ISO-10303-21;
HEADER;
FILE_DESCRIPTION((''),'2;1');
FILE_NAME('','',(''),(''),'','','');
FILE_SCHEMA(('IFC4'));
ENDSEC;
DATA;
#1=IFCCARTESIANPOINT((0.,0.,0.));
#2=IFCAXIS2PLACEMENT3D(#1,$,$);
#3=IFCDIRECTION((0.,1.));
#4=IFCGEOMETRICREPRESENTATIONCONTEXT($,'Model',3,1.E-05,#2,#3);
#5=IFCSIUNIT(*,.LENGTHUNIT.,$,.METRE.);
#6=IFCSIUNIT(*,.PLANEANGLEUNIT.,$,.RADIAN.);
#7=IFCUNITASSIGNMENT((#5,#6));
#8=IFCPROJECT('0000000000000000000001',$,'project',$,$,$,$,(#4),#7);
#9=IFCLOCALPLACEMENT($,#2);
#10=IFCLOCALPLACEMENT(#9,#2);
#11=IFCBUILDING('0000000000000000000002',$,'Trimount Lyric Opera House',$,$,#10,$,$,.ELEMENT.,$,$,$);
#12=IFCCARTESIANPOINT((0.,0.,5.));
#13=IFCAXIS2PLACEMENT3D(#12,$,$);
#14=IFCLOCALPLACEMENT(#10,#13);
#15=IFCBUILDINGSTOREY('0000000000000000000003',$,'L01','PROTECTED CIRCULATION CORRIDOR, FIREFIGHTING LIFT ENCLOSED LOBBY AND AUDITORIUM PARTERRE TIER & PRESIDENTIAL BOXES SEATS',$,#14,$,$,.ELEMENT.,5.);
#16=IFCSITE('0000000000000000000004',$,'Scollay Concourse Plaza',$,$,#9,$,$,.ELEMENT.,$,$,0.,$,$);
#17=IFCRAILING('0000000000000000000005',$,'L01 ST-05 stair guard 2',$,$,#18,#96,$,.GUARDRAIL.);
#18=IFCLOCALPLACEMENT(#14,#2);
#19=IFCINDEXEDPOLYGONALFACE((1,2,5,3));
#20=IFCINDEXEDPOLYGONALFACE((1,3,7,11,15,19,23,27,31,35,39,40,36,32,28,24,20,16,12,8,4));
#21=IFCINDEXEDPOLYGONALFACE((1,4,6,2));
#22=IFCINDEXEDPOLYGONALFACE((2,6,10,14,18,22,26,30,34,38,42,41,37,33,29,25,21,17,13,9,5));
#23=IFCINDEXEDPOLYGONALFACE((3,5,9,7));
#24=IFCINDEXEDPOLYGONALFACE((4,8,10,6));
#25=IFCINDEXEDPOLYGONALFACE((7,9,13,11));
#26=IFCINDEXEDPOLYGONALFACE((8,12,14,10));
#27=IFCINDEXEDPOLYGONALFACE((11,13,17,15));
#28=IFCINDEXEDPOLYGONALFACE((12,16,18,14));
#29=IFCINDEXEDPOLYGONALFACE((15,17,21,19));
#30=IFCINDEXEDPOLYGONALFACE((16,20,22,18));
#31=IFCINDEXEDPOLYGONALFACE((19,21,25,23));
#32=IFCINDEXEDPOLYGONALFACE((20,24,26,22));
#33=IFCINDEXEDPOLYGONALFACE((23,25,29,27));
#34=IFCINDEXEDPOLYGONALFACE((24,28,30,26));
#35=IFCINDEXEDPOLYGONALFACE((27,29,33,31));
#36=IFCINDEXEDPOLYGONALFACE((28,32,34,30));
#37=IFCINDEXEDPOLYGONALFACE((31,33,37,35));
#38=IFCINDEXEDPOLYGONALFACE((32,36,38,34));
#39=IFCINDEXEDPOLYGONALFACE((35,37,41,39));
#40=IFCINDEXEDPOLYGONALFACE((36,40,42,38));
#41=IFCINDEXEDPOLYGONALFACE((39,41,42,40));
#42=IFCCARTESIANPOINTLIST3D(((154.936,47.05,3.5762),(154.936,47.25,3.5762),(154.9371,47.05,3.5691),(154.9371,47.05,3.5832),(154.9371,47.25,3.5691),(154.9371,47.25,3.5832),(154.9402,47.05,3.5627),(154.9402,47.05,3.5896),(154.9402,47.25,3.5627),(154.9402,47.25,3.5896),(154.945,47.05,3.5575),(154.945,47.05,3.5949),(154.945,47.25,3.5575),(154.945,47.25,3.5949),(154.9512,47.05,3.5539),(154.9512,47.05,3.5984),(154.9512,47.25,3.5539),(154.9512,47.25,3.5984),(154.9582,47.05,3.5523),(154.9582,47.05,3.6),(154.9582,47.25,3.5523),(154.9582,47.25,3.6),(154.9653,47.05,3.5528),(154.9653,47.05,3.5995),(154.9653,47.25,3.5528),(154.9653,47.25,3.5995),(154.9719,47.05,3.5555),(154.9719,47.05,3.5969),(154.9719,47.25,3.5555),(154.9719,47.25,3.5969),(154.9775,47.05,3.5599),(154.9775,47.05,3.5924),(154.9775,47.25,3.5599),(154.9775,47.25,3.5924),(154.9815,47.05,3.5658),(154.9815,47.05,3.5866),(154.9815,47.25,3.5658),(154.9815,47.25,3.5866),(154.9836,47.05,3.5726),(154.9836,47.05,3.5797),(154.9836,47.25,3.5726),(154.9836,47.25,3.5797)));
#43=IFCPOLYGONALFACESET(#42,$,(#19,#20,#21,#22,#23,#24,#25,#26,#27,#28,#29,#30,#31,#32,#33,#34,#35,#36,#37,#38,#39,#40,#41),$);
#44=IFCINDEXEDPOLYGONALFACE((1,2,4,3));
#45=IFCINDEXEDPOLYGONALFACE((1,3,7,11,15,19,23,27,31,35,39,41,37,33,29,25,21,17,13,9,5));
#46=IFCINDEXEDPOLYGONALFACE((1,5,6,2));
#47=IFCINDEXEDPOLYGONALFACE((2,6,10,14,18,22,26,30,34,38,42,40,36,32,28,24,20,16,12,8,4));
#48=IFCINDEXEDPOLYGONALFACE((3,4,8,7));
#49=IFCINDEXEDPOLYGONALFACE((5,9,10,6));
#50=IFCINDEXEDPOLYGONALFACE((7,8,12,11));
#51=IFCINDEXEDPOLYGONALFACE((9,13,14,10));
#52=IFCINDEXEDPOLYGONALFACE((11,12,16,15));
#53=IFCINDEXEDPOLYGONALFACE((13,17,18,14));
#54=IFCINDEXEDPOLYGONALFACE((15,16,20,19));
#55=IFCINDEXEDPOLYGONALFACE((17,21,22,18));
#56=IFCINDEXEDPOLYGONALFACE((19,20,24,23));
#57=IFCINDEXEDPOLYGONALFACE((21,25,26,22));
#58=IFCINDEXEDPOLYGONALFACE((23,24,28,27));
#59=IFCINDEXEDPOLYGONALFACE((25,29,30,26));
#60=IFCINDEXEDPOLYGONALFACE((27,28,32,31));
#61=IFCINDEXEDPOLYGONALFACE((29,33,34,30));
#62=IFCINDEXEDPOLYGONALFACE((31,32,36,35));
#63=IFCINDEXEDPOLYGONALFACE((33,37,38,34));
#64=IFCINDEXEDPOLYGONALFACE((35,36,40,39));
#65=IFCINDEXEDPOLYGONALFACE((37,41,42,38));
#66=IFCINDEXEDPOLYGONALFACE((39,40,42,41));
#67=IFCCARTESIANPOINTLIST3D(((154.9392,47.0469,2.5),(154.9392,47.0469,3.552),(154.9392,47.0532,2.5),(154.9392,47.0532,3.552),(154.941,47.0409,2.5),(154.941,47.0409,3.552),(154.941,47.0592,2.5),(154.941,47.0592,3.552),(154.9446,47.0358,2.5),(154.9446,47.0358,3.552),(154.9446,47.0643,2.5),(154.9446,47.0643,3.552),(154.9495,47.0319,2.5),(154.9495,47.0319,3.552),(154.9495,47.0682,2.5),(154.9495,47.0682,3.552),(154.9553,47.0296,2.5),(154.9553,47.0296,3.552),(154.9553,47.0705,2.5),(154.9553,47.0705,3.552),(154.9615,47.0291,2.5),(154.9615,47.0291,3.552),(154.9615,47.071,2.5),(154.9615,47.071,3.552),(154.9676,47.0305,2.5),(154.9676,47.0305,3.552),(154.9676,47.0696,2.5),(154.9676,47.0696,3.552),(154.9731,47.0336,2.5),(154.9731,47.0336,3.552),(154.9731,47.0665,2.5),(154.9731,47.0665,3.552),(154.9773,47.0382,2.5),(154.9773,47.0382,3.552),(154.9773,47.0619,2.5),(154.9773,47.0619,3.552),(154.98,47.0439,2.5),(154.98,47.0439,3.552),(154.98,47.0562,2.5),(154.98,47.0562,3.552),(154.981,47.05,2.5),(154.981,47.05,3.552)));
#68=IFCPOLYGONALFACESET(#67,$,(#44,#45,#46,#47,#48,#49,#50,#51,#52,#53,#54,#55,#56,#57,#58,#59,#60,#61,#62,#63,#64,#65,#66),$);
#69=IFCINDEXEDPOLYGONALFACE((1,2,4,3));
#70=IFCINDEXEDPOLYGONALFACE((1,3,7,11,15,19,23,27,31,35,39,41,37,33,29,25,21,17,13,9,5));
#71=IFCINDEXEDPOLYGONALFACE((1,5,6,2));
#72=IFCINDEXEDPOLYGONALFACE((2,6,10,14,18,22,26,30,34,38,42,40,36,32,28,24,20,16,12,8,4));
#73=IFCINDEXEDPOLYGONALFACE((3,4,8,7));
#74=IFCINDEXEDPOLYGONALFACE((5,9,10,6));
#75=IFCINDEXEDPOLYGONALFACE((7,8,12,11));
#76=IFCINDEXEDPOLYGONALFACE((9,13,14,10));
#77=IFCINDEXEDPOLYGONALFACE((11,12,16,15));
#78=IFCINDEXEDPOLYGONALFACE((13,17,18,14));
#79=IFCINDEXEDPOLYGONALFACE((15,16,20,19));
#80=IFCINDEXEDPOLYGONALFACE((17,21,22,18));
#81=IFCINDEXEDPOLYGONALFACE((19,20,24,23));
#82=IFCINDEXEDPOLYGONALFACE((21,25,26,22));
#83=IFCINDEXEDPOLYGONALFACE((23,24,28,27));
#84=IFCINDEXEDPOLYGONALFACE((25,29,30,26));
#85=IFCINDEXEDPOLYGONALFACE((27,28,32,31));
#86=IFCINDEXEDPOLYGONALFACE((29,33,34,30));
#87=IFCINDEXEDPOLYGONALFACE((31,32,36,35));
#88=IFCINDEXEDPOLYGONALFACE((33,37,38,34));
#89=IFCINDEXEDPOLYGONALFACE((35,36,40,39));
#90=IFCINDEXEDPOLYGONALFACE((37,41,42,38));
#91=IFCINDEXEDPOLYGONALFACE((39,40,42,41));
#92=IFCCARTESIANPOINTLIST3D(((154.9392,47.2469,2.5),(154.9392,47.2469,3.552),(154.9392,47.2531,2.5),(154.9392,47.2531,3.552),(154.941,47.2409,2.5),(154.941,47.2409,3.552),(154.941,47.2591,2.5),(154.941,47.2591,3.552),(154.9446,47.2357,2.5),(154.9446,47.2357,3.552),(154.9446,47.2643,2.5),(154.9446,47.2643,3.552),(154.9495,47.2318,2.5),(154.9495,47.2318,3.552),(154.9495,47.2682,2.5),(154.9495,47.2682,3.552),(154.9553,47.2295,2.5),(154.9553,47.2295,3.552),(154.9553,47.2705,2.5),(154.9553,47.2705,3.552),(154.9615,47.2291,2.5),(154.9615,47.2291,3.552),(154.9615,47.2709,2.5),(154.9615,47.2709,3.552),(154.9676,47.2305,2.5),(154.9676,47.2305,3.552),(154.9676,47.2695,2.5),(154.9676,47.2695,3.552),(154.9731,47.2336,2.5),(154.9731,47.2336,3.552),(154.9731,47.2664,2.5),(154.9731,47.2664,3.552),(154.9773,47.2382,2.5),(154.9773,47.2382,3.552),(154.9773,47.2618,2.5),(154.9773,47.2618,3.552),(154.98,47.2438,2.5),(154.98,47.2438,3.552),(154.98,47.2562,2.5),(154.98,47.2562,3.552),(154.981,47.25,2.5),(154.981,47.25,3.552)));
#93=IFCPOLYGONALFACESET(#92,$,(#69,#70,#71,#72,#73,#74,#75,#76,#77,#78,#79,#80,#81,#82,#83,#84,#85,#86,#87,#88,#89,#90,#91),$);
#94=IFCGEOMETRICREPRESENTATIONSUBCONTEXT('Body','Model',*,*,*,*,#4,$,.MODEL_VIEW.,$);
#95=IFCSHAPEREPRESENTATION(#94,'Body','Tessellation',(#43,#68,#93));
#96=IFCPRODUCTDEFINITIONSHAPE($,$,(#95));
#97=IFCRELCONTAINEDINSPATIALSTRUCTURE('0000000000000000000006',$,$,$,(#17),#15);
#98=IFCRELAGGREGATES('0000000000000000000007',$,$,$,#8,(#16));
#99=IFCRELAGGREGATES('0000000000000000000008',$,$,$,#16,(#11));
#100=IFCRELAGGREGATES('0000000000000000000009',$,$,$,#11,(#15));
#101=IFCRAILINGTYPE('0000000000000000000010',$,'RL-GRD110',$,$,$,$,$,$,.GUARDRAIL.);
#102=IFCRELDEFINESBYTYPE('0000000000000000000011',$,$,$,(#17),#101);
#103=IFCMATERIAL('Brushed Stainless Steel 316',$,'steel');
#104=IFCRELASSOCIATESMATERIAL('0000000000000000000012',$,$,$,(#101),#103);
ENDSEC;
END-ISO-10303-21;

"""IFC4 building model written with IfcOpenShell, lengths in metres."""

from ifc_helpers import new_model, si_unit, direction, frame, origin, origin_2d, place, context, subcontext, project, spatial, circle, extrude, material, type_object, element, save


model = new_model("IFC4")

# Units and contexts
model_context = context("Model", 3, precision=1e-05, world=origin(), true_north=direction((0.0, 1.0)))
body_context = subcontext(model_context, "Body", "Model", "MODEL_VIEW")
ifc_project = project(units=[si_unit("LENGTHUNIT", "METRE"), si_unit("PLANEANGLEUNIT", "RADIAN")], contexts=[model_context])

# Site, building, storey
site_placement = place(None, origin())
site = spatial("IfcSite", under=ifc_project, at=site_placement, Name="Scollay Concourse Plaza", CompositionType="ELEMENT", RefElevation=0.0)
building_placement = place(site_placement, origin())
building = spatial("IfcBuilding", under=site, at=building_placement, Name="Trimount Lyric Opera House", CompositionType="ELEMENT")
storey_placement = place(building_placement, frame((0.0, 0.0, 5.0)))
storey = spatial("IfcBuildingStorey", under=building, at=storey_placement, Name="L01", Description="PROTECTED CIRCULATION CORRIDOR, FIREFIGHTING LIFT ENCLOSED LOBBY AND AUDITORIUM PARTERRE TIER & PRESIDENTIAL BOXES SEATS", CompositionType="ELEMENT", Elevation=5.0)

# Railing
ifc_material_1 = material(Name="Brushed Stainless Steel 316", Category="steel")
railing_type_1 = type_object("IfcRailingType", Name="RL-GRD110", PredefinedType="GUARDRAIL", material=ifc_material_1)
railing_1_placement = place(storey_placement, frame((154.96, 47.05, 2.5)))
element("IfcRailing", 1, at=railing_1_placement, inside=storey, type_object=railing_type_1, Name="L01 ST-05 stair guard 2", PredefinedType="GUARDRAIL", context=body_context, shape_type="SweptSolid", body=[
    extrude(circle(Radius=0.0239, at=origin_2d()), frame((0.0, 0.0, 1.0762), z_axis=(0.0, 1.0, 0.0), x_axis=(-1.0, 0.0, 0.0)), (0.0, 0.0, 1.0), 0.2),
    extrude(circle(Radius=0.021, at=origin_2d()), origin(), (0.0, 0.0, 1.0), 1.052),
    extrude(circle(Radius=0.021, at=origin_2d()), frame((0.0, 0.2, 0.0)), (0.0, 0.0, 1.0), 1.052),
])

save(model, "model.ifc")
